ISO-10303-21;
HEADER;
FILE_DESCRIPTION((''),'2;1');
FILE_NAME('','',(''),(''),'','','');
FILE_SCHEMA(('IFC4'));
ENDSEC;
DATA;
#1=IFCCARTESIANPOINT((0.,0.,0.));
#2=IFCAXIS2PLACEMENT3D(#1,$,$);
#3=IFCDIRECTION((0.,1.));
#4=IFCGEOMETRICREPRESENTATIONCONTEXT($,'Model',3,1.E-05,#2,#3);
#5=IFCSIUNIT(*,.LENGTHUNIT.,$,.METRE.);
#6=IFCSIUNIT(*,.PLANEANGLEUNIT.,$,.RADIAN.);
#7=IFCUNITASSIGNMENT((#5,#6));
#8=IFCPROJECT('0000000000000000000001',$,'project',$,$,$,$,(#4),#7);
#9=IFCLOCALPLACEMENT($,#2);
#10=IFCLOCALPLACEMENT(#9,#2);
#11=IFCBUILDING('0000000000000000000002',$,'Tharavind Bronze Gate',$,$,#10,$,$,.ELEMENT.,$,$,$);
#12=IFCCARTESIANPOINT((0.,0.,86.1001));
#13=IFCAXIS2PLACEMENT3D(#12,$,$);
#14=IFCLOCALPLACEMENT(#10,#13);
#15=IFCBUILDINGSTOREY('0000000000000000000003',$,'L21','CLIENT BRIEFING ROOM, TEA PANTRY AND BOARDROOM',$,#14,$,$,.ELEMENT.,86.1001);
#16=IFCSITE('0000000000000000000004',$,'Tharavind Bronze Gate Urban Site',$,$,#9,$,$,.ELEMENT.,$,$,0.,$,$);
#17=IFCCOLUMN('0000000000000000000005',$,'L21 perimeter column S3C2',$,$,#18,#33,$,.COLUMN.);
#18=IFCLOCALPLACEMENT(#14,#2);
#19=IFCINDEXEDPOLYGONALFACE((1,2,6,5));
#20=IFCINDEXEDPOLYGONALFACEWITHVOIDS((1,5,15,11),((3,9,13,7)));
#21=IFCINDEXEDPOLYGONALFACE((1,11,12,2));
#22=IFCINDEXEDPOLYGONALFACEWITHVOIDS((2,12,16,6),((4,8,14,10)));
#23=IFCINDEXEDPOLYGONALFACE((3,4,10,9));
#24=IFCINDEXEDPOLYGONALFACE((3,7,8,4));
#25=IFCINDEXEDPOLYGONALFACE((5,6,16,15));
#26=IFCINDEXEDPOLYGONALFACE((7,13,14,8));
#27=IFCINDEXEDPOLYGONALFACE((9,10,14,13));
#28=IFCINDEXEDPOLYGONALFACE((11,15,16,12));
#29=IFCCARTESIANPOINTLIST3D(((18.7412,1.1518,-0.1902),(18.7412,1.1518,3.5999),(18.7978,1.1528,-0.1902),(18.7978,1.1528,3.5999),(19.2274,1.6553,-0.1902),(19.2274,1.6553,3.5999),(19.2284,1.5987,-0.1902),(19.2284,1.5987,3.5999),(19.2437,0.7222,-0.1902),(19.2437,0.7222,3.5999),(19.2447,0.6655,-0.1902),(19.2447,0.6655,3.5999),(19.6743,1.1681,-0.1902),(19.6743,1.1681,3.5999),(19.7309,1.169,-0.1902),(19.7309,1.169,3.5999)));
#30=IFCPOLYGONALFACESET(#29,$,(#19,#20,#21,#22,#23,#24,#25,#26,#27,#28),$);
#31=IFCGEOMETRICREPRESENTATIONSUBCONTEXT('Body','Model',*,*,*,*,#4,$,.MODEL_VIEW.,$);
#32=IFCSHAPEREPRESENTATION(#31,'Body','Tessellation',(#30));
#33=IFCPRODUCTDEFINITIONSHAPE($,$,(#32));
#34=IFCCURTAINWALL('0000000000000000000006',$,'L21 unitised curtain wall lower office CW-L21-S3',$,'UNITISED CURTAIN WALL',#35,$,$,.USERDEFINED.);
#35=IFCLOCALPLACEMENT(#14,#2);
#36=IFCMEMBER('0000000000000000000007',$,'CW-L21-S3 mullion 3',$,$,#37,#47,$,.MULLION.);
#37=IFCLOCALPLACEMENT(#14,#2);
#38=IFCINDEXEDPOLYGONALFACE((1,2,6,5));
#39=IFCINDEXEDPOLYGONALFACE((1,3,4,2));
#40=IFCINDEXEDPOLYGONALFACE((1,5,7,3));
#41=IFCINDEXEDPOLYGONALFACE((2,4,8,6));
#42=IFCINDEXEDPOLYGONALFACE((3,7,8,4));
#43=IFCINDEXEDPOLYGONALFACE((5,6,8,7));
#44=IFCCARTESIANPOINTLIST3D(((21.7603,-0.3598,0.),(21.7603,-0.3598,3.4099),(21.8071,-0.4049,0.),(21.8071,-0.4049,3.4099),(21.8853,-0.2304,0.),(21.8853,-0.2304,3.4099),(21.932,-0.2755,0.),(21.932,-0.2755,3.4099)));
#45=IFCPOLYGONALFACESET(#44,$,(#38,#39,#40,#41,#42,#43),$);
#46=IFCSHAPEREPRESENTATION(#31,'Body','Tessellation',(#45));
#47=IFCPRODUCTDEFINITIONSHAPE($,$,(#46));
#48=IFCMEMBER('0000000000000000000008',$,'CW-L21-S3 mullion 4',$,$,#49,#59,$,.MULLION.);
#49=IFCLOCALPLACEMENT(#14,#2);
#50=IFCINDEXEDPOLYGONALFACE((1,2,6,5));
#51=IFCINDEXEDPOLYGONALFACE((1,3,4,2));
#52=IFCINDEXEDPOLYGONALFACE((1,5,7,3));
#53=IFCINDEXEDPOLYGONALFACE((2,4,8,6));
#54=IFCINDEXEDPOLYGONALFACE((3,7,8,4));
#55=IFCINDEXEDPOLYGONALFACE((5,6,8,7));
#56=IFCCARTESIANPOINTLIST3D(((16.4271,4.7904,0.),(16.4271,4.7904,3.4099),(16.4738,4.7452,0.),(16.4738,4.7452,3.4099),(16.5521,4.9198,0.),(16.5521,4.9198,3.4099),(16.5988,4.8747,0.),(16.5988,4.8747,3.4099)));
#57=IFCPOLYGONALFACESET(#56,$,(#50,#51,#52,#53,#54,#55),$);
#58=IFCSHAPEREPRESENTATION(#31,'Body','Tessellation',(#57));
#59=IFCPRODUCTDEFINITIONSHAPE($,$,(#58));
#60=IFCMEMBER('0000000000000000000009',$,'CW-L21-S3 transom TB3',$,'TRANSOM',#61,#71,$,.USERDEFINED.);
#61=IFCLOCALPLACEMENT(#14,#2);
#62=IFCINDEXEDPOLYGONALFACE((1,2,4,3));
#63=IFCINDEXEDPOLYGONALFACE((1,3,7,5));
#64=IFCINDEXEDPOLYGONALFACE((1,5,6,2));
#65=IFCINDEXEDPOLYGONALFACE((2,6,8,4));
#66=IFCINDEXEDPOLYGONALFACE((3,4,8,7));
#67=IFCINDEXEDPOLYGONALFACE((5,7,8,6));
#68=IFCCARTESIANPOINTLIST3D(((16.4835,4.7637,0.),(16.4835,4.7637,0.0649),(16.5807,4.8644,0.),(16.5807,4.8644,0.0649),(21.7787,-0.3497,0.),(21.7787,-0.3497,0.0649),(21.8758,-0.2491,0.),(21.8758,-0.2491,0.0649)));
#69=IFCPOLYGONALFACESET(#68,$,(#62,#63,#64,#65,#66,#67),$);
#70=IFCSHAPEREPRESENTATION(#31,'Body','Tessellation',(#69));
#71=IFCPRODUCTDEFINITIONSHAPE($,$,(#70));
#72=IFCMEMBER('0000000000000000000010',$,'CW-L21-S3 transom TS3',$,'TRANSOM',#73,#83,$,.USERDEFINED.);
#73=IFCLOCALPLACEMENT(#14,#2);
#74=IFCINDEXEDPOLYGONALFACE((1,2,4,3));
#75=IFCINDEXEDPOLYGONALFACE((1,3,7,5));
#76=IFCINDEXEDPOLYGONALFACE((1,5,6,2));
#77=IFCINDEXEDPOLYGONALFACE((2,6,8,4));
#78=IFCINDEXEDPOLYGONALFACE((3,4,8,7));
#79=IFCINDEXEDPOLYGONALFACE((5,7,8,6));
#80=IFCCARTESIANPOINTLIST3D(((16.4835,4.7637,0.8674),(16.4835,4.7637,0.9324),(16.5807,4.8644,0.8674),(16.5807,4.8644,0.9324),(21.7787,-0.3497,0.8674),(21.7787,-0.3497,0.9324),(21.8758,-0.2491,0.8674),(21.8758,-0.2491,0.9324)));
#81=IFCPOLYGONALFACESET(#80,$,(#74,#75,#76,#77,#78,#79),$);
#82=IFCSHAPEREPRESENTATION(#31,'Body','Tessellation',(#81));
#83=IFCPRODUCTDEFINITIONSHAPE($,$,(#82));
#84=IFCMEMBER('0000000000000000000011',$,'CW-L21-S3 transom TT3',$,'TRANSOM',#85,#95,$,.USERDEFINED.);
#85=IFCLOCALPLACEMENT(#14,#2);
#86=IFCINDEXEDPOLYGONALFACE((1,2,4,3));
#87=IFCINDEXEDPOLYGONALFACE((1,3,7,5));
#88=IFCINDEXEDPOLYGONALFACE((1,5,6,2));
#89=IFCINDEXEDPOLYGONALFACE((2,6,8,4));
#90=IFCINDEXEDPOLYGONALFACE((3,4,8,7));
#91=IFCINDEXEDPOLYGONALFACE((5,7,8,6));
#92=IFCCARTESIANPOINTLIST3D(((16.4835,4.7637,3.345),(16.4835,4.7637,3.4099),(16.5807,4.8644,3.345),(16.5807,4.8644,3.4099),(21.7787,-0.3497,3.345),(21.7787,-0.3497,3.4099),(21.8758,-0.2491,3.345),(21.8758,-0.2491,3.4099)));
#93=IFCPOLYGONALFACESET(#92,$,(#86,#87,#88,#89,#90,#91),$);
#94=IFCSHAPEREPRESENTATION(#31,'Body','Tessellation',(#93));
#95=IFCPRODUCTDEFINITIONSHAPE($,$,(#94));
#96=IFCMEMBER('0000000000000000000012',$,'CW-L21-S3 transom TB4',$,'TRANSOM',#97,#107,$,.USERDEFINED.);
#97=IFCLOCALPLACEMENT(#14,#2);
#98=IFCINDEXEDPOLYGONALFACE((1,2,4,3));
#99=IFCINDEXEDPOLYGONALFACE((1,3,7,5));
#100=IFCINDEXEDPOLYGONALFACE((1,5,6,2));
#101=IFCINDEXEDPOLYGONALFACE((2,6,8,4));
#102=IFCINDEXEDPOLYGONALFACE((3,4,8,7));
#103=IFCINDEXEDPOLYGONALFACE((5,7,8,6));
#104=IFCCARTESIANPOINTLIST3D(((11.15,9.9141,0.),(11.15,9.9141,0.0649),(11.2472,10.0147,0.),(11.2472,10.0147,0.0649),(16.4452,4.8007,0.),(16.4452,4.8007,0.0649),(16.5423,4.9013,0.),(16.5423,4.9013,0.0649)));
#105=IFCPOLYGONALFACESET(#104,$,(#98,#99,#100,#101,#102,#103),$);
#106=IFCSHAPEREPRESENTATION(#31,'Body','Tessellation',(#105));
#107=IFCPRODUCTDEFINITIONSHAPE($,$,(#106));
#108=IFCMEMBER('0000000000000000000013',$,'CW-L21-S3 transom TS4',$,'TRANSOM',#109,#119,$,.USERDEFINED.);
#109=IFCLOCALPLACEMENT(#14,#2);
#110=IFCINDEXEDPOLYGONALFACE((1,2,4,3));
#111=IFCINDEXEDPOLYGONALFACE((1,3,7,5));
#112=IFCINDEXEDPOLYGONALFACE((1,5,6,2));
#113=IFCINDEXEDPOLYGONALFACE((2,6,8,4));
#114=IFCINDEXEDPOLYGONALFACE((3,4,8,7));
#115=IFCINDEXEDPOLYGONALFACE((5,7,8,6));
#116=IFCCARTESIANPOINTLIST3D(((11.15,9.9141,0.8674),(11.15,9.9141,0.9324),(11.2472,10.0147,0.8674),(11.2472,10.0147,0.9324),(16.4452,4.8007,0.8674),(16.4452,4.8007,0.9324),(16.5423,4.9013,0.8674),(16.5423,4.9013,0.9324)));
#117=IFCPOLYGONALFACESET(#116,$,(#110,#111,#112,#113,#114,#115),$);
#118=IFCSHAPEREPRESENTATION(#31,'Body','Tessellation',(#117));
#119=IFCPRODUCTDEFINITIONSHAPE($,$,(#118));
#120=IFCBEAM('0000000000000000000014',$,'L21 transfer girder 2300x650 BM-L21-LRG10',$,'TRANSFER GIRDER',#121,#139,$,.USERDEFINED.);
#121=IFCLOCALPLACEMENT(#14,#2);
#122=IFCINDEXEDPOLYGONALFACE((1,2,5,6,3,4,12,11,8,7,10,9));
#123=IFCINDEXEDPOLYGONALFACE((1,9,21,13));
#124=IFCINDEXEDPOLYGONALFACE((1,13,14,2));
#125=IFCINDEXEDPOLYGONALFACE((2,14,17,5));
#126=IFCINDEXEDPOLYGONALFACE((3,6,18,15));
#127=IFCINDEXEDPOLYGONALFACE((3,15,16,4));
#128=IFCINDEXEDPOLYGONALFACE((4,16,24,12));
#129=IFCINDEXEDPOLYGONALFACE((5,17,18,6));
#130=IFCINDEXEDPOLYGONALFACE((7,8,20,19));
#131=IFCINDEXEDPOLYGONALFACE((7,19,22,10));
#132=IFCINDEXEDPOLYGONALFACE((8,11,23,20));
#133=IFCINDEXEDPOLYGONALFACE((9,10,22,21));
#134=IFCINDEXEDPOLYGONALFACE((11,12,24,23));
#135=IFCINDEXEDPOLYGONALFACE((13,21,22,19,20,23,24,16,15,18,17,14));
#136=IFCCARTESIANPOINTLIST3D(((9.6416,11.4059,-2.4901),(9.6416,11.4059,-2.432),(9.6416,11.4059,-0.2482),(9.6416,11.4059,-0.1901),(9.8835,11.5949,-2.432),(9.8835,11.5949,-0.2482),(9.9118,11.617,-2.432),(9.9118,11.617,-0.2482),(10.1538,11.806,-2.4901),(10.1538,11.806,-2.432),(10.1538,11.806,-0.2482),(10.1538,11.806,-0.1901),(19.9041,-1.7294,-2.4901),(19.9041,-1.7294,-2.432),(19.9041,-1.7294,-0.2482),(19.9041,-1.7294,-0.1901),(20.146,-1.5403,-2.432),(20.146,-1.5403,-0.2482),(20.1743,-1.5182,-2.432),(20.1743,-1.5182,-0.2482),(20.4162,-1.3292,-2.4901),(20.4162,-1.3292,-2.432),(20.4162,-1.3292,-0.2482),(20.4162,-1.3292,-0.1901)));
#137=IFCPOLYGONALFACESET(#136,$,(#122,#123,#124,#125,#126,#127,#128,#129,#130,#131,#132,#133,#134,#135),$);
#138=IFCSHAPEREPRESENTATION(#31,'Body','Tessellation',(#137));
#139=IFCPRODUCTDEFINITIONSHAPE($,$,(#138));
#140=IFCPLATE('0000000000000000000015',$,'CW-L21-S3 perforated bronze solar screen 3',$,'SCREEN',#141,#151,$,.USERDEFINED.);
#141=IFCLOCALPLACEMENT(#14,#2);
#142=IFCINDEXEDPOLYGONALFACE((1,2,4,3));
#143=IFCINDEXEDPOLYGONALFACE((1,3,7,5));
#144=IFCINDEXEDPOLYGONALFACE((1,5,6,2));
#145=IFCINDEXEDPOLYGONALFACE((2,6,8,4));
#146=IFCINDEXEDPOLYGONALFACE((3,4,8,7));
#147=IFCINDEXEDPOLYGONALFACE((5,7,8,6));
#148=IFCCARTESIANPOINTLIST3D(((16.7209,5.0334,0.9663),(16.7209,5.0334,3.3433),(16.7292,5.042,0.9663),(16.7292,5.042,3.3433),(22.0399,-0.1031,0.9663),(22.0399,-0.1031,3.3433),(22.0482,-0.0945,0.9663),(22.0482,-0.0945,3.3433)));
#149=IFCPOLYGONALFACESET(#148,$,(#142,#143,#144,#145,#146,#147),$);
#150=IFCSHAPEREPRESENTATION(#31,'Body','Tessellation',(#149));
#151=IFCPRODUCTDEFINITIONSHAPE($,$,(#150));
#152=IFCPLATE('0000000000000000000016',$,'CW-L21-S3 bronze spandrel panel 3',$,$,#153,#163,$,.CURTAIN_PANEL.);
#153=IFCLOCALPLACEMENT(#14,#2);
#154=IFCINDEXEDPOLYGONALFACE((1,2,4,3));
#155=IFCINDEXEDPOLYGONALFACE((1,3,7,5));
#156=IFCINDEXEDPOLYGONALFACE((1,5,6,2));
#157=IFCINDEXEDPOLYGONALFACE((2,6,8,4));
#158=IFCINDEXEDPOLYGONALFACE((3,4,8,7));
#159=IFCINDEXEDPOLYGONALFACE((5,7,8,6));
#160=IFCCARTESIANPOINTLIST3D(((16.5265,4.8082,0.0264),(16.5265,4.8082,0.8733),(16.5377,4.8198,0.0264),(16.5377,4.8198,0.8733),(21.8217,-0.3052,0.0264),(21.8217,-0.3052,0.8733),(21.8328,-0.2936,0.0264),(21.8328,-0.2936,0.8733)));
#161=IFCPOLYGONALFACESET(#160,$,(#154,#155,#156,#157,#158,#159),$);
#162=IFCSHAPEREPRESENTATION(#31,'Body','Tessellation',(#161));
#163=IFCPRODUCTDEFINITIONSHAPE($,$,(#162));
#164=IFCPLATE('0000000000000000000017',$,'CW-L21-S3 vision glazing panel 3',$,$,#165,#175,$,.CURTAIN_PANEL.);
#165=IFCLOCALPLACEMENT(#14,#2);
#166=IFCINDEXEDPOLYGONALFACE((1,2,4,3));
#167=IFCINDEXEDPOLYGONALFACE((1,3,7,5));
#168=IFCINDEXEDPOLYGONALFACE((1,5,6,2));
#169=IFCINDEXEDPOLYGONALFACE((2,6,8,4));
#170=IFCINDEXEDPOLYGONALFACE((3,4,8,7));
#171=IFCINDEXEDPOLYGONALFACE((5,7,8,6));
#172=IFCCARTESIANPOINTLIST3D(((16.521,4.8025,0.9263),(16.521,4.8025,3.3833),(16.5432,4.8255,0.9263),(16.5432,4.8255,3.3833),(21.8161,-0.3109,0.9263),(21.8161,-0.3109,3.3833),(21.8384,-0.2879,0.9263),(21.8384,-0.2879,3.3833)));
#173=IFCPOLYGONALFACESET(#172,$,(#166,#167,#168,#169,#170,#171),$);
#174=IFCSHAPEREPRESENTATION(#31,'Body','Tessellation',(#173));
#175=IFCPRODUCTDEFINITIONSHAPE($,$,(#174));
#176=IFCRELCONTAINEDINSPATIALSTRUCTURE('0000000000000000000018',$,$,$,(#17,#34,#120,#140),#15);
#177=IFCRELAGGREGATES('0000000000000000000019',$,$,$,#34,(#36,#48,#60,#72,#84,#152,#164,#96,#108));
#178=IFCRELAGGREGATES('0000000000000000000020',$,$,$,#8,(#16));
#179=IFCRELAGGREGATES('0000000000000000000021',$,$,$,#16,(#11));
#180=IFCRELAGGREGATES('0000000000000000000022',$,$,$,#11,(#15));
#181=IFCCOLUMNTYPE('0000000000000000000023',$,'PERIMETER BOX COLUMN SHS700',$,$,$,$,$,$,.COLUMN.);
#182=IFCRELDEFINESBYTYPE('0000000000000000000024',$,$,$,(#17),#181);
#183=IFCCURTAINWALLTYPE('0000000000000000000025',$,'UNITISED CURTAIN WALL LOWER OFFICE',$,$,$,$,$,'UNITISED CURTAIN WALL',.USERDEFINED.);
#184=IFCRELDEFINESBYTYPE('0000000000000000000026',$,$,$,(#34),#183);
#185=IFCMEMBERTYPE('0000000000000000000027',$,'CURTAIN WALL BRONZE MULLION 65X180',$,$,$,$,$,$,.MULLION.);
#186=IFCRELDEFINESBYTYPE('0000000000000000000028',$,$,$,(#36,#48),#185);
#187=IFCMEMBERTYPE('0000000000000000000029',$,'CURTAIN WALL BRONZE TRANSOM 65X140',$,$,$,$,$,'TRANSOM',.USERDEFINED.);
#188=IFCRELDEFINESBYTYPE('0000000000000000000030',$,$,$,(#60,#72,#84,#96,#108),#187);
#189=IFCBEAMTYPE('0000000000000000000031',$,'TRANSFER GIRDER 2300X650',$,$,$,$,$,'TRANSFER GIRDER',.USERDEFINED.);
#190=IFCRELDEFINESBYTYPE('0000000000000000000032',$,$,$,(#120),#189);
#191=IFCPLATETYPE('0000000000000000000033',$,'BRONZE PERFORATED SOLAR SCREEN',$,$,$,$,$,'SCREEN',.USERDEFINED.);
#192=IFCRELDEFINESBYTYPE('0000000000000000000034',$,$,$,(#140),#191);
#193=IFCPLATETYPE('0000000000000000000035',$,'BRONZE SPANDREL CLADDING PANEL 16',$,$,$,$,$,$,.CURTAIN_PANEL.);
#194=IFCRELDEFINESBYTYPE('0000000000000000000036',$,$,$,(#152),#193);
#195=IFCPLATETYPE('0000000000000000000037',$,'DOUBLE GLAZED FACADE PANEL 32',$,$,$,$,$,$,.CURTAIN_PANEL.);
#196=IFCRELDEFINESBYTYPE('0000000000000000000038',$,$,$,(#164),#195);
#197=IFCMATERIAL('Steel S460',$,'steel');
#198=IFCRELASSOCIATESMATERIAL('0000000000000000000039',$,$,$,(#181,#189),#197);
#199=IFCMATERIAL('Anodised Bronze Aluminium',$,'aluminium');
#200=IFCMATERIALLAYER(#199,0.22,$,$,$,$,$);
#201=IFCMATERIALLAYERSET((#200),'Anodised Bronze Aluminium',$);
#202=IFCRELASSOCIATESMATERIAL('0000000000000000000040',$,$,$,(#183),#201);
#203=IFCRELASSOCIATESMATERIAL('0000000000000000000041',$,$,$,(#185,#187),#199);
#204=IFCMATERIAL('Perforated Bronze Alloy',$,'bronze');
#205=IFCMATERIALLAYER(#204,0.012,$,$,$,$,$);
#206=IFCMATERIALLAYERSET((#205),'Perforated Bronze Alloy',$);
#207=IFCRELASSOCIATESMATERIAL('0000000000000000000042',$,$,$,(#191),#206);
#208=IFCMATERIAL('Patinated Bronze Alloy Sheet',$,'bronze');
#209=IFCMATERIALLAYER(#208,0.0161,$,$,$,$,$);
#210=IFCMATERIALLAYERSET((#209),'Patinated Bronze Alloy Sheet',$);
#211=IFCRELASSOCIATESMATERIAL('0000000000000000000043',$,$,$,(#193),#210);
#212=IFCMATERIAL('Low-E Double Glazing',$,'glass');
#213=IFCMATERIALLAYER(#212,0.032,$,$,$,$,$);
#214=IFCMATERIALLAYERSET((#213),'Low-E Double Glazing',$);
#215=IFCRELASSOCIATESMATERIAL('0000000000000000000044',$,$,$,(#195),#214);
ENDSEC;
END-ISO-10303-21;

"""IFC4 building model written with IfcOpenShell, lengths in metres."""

from ifc_helpers import new_model, si_unit, direction, frame, origin, origin_2d, place, context, subcontext, project, spatial, rectangle, hollow_rectangle, i_section, extrude, material, layer, layer_set, material_profile, profile_set, type_object, element, aggregate, save


model = new_model("IFC4")

# Units and contexts
model_context = context("Model", 3, precision=1e-05, world=origin(), true_north=direction((0.0, 1.0)))
body_context = subcontext(model_context, "Body", "Model", "MODEL_VIEW")
ifc_project = project(units=[si_unit("LENGTHUNIT", "METRE"), si_unit("PLANEANGLEUNIT", "RADIAN")], contexts=[model_context])

# Site, building, storey
site_placement = place(None, origin())
site = spatial("IfcSite", under=ifc_project, at=site_placement, Name="Tharavind Bronze Gate Urban Site", CompositionType="ELEMENT", RefElevation=0.0)
building_placement = place(site_placement, origin())
building = spatial("IfcBuilding", under=site, at=building_placement, Name="Tharavind Bronze Gate", CompositionType="ELEMENT")
storey_placement = place(building_placement, frame((0.0, 0.0, 86.1001)))
storey = spatial("IfcBuildingStorey", under=building, at=storey_placement, Name="L21", Description="CLIENT BRIEFING ROOM, TEA PANTRY AND BOARDROOM", CompositionType="ELEMENT", Elevation=86.1001)

# Column
ifc_material_1 = material(Name="Steel S460", Category="steel")
ifc_material_profile_1 = material_profile(ifc_material_1, hollow_rectangle(XDim=0.7, YDim=0.7, WallThickness=0.04, at=origin_2d()), Name="SHS700X40")
ifc_profile_set_1 = profile_set([ifc_material_profile_1], Name="Steel S460")
column_type = type_object("IfcColumnType", Name="PERIMETER BOX COLUMN SHS700", PredefinedType="COLUMN", material=ifc_profile_set_1)
column_placement = place(storey_placement, frame((19.2361, 1.1604, -0.1902), z_axis=(0.0, 0.0, 1.0), x_axis=(-0.71934, 0.694658, 0.0)))
element("IfcColumn", 1, at=column_placement, inside=storey, type_object=column_type, Name="L21 perimeter column S3C2", PredefinedType="COLUMN", context=body_context, shape_type="SweptSolid", body=[
    extrude(hollow_rectangle(XDim=0.7, YDim=0.7, WallThickness=0.04, at=origin_2d()), origin(), (0.0, 0.0, 1.0), 3.79),
])

# Curtain wall, members
ifc_material_2 = material(Name="Anodised Bronze Aluminium", Category="aluminium")
ifc_layer_1 = layer(ifc_material_2, 0.22)
ifc_layer_set_1 = layer_set([ifc_layer_1], Name="Anodised Bronze Aluminium")
curtain_wall_type = type_object("IfcCurtainWallType", Name="UNITISED CURTAIN WALL LOWER OFFICE", ElementType="UNITISED CURTAIN WALL", PredefinedType="USERDEFINED", material=ifc_layer_set_1)
curtain_wall_placement = place(storey_placement, origin())
curtain_wall = element("IfcCurtainWall", 2, at=curtain_wall_placement, inside=storey, type_object=curtain_wall_type, Name="L21 unitised curtain wall lower office CW-L21-S3", ObjectType="UNITISED CURTAIN WALL", PredefinedType="USERDEFINED")
member_type_1 = type_object("IfcMemberType", Name="CURTAIN WALL BRONZE MULLION 65X180", PredefinedType="MULLION", material=ifc_material_2)
member_1_placement = place(storey_placement, frame((21.8462, -0.3176, 0.0), z_axis=(0.0, 0.0, 1.0), x_axis=(-0.719341, 0.694657, 0.0)))
member_1 = element("IfcMember", 3, at=member_1_placement, type_object=member_type_1, Name="CW-L21-S3 mullion 3", PredefinedType="MULLION", context=body_context, shape_type="SweptSolid", body=[
    extrude(rectangle(XDim=0.0649, YDim=0.1799, at=origin_2d()), origin(), (0.0, 0.0, 1.0), 3.4099),
])
member_2_placement = place(storey_placement, frame((16.5129, 4.8325, 0.0), z_axis=(0.0, 0.0, 1.0), x_axis=(-0.719341, 0.694657, 0.0)))
member_2 = element("IfcMember", 4, at=member_2_placement, type_object=member_type_1, Name="CW-L21-S3 mullion 4", PredefinedType="MULLION", context=body_context, shape_type="SweptSolid", body=[
    extrude(rectangle(XDim=0.0649, YDim=0.1799, at=origin_2d()), origin(), (0.0, 0.0, 1.0), 3.4099),
])
member_type_2 = type_object("IfcMemberType", Name="CURTAIN WALL BRONZE TRANSOM 65X140", ElementType="TRANSOM", PredefinedType="USERDEFINED", material=ifc_material_2)
member_3_placement = place(storey_placement, frame((19.1797, 2.2573, 0.0), z_axis=(0.0, 0.0, 1.0), x_axis=(-0.719341, 0.694657, 0.0)))
member_3 = element("IfcMember", 5, at=member_3_placement, type_object=member_type_2, Name="CW-L21-S3 transom TB3", ObjectType="TRANSOM", PredefinedType="USERDEFINED", context=body_context, shape_type="SweptSolid", body=[
    extrude(rectangle(XDim=7.3611, YDim=0.1399, at=origin_2d()), origin(), (0.0, 0.0, 1.0), 0.0649),
])
member_4_placement = place(storey_placement, frame((19.1797, 2.2573, 0.8674), z_axis=(0.0, 0.0, 1.0), x_axis=(-0.719341, 0.694657, 0.0)))
member_4 = element("IfcMember", 6, at=member_4_placement, type_object=member_type_2, Name="CW-L21-S3 transom TS3", ObjectType="TRANSOM", PredefinedType="USERDEFINED", context=body_context, shape_type="SweptSolid", body=[
    extrude(rectangle(XDim=7.3611, YDim=0.1399, at=origin_2d()), origin(), (0.0, 0.0, 1.0), 0.0649),
])
member_5_placement = place(storey_placement, frame((19.1797, 2.2573, 3.345), z_axis=(0.0, 0.0, 1.0), x_axis=(-0.719341, 0.694657, 0.0)))
member_5 = element("IfcMember", 7, at=member_5_placement, type_object=member_type_2, Name="CW-L21-S3 transom TT3", ObjectType="TRANSOM", PredefinedType="USERDEFINED", context=body_context, shape_type="SweptSolid", body=[
    extrude(rectangle(XDim=7.3611, YDim=0.1399, at=origin_2d()), origin(), (0.0, 0.0, 1.0), 0.0649),
])
member_6_placement = place(storey_placement, frame((13.8462, 7.4077, 0.0), z_axis=(0.0, 0.0, 1.0), x_axis=(-0.719341, 0.694657, 0.0)))
member_6 = element("IfcMember", 8, at=member_6_placement, type_object=member_type_2, Name="CW-L21-S3 transom TB4", ObjectType="TRANSOM", PredefinedType="USERDEFINED", context=body_context, shape_type="SweptSolid", body=[
    extrude(rectangle(XDim=7.3611, YDim=0.1399, at=origin_2d()), origin(), (0.0, 0.0, 1.0), 0.0649),
])
member_7_placement = place(storey_placement, frame((13.8462, 7.4077, 0.8674), z_axis=(0.0, 0.0, 1.0), x_axis=(-0.719341, 0.694657, 0.0)))
member_7 = element("IfcMember", 9, at=member_7_placement, type_object=member_type_2, Name="CW-L21-S3 transom TS4", ObjectType="TRANSOM", PredefinedType="USERDEFINED", context=body_context, shape_type="SweptSolid", body=[
    extrude(rectangle(XDim=7.3611, YDim=0.1399, at=origin_2d()), origin(), (0.0, 0.0, 1.0), 0.0649),
])

# Beam
ifc_material_profile_2 = material_profile(ifc_material_1, i_section(OverallWidth=0.6499, OverallDepth=2.3, WebThickness=0.0359, FlangeThickness=0.0581, at=origin_2d()), Name="PG2300X650")
ifc_profile_set_2 = profile_set([ifc_material_profile_2], Name="Steel S460")
beam_type = type_object("IfcBeamType", Name="TRANSFER GIRDER 2300X650", ElementType="TRANSFER GIRDER", PredefinedType="USERDEFINED", material=ifc_profile_set_2)
beam_placement = place(storey_placement, frame((20.1602, -1.5293, -1.3401), z_axis=(-0.615664, 0.788009, 0.0), x_axis=(-0.788009, -0.615664, 0.0)))
element("IfcBeam", 10, at=beam_placement, inside=storey, type_object=beam_type, Name="L21 transfer girder 2300x650 BM-L21-LRG10", ObjectType="TRANSFER GIRDER", PredefinedType="USERDEFINED", context=body_context, shape_type="SweptSolid", body=[
    extrude(i_section(OverallWidth=0.6499, OverallDepth=2.3, WebThickness=0.0359, FlangeThickness=0.0581, at=origin_2d()), origin(), (0.0, 0.0, 1.0), 16.6689),
])

# Plates
ifc_material_3 = material(Name="Perforated Bronze Alloy", Category="bronze")
ifc_layer_2 = layer(ifc_material_3, 0.012)
ifc_layer_set_2 = layer_set([ifc_layer_2], Name="Perforated Bronze Alloy")
plate_type_1 = type_object("IfcPlateType", Name="BRONZE PERFORATED SOLAR SCREEN", ElementType="SCREEN", PredefinedType="USERDEFINED", material=ifc_layer_set_2)
plate_1_placement = place(storey_placement, frame((19.3845, 2.4695, 0.9663), z_axis=(0.0, 0.0, 1.0), x_axis=(-0.719341, 0.694657, 0.0)))
element("IfcPlate", 11, at=plate_1_placement, inside=storey, type_object=plate_type_1, Name="CW-L21-S3 perforated bronze solar screen 3", ObjectType="SCREEN", PredefinedType="USERDEFINED", context=body_context, shape_type="SweptSolid", body=[
    extrude(rectangle(XDim=7.3943, YDim=0.012, at=origin_2d()), origin(), (0.0, 0.0, 1.0), 2.377),
])
ifc_material_4 = material(Name="Patinated Bronze Alloy Sheet", Category="bronze")
ifc_layer_3 = layer(ifc_material_4, 0.0161)
ifc_layer_set_3 = layer_set([ifc_layer_3], Name="Patinated Bronze Alloy Sheet")
plate_type_2 = type_object("IfcPlateType", Name="BRONZE SPANDREL CLADDING PANEL 16", PredefinedType="CURTAIN_PANEL", material=ifc_layer_set_3)
plate_2_placement = place(storey_placement, frame((19.1797, 2.2573, 0.0264), z_axis=(0.0, 0.0, 1.0), x_axis=(-0.719341, 0.694657, 0.0)))
plate_2 = element("IfcPlate", 12, at=plate_2_placement, type_object=plate_type_2, Name="CW-L21-S3 bronze spandrel panel 3", PredefinedType="CURTAIN_PANEL", context=body_context, shape_type="SweptSolid", body=[
    extrude(rectangle(XDim=7.3611, YDim=0.0161, at=origin_2d()), origin(), (0.0, 0.0, 1.0), 0.8469),
])
ifc_material_5 = material(Name="Low-E Double Glazing", Category="glass")
ifc_layer_4 = layer(ifc_material_5, 0.032)
ifc_layer_set_4 = layer_set([ifc_layer_4], Name="Low-E Double Glazing")
plate_type_3 = type_object("IfcPlateType", Name="DOUBLE GLAZED FACADE PANEL 32", PredefinedType="CURTAIN_PANEL", material=ifc_layer_set_4)
plate_3_placement = place(storey_placement, frame((19.1797, 2.2573, 0.9263), z_axis=(0.0, 0.0, 1.0), x_axis=(-0.719341, 0.694657, 0.0)))
plate_3 = element("IfcPlate", 13, at=plate_3_placement, type_object=plate_type_3, Name="CW-L21-S3 vision glazing panel 3", PredefinedType="CURTAIN_PANEL", context=body_context, shape_type="SweptSolid", body=[
    extrude(rectangle(XDim=7.3611, YDim=0.032, at=origin_2d()), origin(), (0.0, 0.0, 1.0), 2.457),
])
aggregate(curtain_wall, [member_1, member_2, member_3, member_4, member_5, plate_2, plate_3, member_6, member_7])

save(model, "model.ifc")
